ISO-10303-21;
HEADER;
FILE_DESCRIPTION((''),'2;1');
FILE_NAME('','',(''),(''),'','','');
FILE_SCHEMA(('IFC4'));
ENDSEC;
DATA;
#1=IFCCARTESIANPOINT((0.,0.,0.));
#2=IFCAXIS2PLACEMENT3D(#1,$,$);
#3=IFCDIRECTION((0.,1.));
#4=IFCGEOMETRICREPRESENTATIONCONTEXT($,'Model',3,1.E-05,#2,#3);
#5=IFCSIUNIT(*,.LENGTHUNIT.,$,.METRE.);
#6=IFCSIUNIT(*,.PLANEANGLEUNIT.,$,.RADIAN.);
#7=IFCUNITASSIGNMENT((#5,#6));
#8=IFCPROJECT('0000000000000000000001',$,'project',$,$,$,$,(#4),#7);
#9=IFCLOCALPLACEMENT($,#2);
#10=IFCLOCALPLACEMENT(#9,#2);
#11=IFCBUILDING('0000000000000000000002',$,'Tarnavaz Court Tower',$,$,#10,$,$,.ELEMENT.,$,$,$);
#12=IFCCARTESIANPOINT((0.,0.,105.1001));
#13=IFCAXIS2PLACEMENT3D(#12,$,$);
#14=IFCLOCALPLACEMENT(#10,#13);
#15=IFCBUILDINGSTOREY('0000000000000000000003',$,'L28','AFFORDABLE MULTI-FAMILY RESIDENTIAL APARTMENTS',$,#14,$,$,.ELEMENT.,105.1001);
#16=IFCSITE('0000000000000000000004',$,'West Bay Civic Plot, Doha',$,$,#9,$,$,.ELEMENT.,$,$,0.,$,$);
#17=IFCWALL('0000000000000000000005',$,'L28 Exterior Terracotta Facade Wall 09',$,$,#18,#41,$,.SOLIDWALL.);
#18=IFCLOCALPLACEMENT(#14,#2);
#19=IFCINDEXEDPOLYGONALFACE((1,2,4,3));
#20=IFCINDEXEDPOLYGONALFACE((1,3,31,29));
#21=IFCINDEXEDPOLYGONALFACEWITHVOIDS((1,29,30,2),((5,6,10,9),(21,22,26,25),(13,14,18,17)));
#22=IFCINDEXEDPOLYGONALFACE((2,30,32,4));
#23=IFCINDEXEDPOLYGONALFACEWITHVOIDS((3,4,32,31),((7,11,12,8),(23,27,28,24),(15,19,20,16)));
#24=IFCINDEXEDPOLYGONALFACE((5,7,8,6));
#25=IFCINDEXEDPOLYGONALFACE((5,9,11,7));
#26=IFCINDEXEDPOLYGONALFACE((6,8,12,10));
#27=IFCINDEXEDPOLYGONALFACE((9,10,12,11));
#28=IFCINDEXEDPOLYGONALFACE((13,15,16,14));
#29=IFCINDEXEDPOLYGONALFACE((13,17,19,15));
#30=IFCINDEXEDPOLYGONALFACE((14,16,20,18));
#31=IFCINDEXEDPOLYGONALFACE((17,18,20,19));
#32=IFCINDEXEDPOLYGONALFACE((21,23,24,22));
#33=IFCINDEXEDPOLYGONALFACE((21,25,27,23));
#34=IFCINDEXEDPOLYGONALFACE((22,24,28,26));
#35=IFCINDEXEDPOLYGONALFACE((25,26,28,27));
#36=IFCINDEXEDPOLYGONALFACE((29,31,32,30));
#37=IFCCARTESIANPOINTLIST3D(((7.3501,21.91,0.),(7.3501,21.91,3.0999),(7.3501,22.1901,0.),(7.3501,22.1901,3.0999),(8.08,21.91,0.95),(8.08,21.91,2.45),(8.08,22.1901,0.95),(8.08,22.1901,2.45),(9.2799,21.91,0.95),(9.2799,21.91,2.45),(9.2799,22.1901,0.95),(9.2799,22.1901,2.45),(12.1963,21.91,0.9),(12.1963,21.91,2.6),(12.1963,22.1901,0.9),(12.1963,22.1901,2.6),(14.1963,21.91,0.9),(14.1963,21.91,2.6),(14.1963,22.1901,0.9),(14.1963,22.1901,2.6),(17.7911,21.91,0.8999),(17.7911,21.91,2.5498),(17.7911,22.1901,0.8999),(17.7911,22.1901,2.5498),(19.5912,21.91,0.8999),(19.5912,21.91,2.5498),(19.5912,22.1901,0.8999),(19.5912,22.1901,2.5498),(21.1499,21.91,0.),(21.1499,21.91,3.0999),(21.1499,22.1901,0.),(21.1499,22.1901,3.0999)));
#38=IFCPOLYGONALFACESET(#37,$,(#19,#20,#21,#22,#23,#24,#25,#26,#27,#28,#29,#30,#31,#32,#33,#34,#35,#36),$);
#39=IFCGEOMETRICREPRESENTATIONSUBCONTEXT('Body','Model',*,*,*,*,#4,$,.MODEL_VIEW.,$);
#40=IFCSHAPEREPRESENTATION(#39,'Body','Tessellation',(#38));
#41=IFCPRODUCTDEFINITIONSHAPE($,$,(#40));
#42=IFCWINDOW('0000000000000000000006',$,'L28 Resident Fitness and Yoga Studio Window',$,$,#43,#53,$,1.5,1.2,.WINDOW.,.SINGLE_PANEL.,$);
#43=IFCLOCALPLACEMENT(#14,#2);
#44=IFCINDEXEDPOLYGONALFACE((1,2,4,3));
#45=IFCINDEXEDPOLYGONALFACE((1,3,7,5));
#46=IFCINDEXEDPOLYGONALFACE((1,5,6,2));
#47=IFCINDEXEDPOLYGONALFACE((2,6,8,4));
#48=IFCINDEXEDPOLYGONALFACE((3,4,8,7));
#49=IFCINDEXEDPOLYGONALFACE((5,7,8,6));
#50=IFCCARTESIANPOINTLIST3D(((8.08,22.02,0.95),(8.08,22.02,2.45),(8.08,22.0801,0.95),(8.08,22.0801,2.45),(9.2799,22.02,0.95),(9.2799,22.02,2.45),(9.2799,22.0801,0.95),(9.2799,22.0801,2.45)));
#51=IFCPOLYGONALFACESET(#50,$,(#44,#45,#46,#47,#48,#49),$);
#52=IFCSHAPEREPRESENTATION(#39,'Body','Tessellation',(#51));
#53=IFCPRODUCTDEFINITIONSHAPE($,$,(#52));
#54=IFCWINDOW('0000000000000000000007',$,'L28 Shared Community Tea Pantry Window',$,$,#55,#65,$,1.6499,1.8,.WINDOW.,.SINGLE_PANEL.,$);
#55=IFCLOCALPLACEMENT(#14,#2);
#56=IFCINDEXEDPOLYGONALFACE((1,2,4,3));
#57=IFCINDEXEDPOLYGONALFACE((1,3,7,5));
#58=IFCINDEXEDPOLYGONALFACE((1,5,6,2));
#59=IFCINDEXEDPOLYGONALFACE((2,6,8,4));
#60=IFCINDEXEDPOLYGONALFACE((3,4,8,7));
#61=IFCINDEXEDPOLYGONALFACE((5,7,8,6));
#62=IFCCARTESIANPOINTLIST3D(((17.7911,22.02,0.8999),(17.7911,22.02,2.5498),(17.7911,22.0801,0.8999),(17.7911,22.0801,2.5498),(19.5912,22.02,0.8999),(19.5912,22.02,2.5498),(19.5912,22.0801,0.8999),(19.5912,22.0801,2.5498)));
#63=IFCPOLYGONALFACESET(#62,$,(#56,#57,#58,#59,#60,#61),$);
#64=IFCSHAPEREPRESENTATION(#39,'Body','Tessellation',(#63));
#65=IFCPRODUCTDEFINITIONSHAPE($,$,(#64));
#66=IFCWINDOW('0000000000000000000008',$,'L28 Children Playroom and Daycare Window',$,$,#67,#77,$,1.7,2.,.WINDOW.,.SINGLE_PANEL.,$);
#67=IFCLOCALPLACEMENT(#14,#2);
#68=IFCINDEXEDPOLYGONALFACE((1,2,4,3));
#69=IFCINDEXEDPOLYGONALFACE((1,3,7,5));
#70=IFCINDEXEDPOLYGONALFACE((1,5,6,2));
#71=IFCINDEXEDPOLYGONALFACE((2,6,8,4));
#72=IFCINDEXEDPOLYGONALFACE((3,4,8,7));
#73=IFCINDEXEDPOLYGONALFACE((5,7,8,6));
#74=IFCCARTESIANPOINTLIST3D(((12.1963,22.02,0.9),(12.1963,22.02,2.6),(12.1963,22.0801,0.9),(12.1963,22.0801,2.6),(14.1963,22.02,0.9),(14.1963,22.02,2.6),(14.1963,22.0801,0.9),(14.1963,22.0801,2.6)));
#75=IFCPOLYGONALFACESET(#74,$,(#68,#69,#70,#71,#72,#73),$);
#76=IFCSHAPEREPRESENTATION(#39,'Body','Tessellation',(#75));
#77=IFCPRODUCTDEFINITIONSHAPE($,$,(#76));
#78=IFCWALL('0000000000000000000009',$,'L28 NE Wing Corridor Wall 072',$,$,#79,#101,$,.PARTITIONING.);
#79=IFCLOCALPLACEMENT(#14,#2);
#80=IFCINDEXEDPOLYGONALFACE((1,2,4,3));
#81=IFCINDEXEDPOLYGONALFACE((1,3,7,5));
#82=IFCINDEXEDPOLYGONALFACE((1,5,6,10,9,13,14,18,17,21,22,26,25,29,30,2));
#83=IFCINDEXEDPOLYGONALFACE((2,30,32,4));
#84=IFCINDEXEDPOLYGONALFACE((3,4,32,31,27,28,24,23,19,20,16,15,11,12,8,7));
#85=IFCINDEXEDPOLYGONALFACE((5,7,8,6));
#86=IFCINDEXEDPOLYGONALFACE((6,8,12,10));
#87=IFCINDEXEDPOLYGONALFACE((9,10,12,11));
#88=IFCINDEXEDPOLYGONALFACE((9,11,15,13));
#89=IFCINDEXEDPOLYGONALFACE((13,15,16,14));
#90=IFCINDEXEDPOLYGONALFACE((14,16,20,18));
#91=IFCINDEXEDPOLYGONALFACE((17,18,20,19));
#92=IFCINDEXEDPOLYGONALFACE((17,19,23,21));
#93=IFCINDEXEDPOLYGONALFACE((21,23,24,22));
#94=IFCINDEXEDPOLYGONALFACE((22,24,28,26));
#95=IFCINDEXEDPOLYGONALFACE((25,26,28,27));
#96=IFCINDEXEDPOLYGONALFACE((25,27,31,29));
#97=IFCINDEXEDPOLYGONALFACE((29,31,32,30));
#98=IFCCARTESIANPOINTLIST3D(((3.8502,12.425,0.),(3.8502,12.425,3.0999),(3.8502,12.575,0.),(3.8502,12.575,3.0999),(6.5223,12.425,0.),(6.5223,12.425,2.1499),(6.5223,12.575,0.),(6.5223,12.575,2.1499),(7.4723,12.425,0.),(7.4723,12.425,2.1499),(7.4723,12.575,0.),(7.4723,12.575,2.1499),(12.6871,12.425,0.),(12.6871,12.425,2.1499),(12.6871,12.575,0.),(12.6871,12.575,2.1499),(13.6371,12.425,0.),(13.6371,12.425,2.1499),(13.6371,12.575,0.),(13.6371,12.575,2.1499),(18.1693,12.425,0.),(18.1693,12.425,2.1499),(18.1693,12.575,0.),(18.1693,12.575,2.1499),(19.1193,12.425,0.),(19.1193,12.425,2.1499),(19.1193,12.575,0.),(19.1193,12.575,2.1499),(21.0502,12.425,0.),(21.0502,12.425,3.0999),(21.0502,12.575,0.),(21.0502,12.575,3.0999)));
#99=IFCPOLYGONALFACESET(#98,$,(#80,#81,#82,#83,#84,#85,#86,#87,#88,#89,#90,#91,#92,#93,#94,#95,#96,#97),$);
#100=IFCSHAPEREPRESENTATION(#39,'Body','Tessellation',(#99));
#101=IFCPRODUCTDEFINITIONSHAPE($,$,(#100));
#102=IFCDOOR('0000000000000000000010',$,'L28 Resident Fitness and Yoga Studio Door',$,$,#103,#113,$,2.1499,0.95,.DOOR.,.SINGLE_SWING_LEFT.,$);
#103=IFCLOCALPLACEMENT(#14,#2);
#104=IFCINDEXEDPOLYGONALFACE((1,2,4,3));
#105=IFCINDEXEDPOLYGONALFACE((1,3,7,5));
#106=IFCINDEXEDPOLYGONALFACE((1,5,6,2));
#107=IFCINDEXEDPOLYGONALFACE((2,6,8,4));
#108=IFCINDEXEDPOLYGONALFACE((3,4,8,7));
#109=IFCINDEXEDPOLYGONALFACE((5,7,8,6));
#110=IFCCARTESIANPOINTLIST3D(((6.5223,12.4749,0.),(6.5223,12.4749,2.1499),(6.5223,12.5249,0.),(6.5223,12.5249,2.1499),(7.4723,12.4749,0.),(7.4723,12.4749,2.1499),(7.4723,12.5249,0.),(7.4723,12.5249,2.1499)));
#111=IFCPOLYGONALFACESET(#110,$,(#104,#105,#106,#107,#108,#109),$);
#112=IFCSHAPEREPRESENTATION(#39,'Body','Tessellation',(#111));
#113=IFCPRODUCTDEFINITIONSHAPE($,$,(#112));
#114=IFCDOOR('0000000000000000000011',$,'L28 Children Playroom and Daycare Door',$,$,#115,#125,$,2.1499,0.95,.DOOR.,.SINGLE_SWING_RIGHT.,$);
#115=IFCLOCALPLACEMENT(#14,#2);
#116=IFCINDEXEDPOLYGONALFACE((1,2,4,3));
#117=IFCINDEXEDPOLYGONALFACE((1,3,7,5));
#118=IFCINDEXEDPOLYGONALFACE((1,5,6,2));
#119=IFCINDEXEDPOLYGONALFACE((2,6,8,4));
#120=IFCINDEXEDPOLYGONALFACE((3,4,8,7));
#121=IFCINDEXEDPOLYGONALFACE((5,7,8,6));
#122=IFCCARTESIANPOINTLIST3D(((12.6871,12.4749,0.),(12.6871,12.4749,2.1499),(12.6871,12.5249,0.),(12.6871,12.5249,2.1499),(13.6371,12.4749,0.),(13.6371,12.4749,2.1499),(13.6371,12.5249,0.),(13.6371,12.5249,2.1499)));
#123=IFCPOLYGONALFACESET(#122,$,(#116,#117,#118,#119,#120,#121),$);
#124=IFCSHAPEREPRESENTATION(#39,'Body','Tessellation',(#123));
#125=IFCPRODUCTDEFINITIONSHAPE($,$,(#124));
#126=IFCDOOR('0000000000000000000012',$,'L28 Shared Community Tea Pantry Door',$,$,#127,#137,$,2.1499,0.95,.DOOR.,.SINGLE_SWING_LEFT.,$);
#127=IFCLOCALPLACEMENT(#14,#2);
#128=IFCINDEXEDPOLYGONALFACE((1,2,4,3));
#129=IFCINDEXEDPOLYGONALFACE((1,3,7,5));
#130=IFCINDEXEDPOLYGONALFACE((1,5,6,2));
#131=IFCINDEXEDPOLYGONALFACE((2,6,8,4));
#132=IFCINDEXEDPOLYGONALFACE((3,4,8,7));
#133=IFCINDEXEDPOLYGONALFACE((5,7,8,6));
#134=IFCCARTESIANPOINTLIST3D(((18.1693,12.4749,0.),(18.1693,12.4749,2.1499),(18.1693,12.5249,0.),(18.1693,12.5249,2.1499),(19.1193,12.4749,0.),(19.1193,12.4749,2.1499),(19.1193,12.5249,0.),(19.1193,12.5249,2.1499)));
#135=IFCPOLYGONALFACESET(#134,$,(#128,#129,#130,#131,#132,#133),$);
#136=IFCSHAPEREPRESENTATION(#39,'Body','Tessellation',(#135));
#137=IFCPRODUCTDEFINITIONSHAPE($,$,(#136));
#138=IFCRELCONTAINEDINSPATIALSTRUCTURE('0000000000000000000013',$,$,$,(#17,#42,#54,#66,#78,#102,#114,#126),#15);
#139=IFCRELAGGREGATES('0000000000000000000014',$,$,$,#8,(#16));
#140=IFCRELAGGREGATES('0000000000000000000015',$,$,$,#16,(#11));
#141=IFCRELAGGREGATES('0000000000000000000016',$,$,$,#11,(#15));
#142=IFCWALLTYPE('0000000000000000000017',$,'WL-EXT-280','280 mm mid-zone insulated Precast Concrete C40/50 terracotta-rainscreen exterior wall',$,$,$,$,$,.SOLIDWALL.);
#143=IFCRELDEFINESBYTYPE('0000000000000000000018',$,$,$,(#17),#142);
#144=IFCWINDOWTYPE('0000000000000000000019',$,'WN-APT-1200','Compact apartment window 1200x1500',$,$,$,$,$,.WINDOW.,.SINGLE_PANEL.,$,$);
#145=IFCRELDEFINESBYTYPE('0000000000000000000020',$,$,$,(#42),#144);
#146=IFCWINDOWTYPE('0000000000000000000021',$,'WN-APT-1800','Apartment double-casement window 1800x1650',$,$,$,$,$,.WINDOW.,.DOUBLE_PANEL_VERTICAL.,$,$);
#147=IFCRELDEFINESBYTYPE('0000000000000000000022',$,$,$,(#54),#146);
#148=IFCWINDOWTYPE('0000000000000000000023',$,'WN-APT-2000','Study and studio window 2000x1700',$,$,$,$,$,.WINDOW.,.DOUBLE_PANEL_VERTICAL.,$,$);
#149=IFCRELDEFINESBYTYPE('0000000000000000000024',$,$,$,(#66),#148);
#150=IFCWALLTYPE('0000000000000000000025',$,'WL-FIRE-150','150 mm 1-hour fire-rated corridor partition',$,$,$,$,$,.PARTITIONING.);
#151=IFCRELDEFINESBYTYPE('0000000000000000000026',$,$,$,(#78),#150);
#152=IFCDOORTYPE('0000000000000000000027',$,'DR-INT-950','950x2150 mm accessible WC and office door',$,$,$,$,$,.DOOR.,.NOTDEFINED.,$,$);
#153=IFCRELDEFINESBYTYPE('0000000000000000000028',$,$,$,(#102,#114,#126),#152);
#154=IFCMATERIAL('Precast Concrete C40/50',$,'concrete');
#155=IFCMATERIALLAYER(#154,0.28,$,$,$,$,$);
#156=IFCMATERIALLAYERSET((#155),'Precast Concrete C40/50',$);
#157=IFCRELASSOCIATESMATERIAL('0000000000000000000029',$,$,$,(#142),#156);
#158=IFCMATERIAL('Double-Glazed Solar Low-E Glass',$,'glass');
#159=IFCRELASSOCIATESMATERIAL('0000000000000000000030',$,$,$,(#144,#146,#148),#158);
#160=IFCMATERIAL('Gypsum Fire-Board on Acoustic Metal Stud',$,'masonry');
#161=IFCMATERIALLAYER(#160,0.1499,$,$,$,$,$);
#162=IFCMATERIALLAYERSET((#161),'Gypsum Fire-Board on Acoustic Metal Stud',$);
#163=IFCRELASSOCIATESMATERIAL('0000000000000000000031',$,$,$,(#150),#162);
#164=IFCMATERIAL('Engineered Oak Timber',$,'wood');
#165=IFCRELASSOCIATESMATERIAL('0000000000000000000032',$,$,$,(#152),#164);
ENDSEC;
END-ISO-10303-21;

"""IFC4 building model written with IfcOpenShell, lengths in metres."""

from ifc_helpers import new_model, si_unit, direction, frame, frame_2d, origin, place, context, subcontext, project, spatial, rectangle, extrude, material, layer, layer_set, type_object, element, fill, save


model = new_model("IFC4")

# Units and contexts
model_context = context("Model", 3, precision=1e-05, world=origin(), true_north=direction((0.0, 1.0)))
body_context = subcontext(model_context, "Body", "Model", "MODEL_VIEW")
ifc_project = project(units=[si_unit("LENGTHUNIT", "METRE"), si_unit("PLANEANGLEUNIT", "RADIAN")], contexts=[model_context])

# Site, building, storey
site_placement = place(None, origin())
site = spatial("IfcSite", under=ifc_project, at=site_placement, Name="West Bay Civic Plot, Doha", CompositionType="ELEMENT", RefElevation=0.0)
building_placement = place(site_placement, origin())
building = spatial("IfcBuilding", under=site, at=building_placement, Name="Tarnavaz Court Tower", CompositionType="ELEMENT")
storey_placement = place(building_placement, frame((0.0, 0.0, 105.1001)))
storey = spatial("IfcBuildingStorey", under=building, at=storey_placement, Name="L28", Description="AFFORDABLE MULTI-FAMILY RESIDENTIAL APARTMENTS", CompositionType="ELEMENT", Elevation=105.1001)

# Shared definitions
ifc_material_1 = material(Name="Double-Glazed Solar Low-E Glass", Category="glass")

# Shared definitions
ifc_material_2 = material(Name="Precast Concrete C40/50", Category="concrete")
ifc_layer_1 = layer(ifc_material_2, 0.28)
ifc_layer_set_1 = layer_set([ifc_layer_1], Name="Precast Concrete C40/50")
wall_type_1 = type_object("IfcWallType", Name="WL-EXT-280", Description="280 mm mid-zone insulated Precast Concrete C40/50 terracotta-rainscreen exterior wall", PredefinedType="SOLIDWALL", material=ifc_layer_set_1)
window_type_1 = type_object("IfcWindowType", Name="WN-APT-1200", Description="Compact apartment window 1200x1500", PartitioningType="SINGLE_PANEL", PredefinedType="WINDOW", material=ifc_material_1)

# Wall, openings, windows
wall_1_placement = place(storey_placement, frame((7.3501, 22.05, 0.0), z_axis=(0.0, 0.0, 1.0), x_axis=(1.0, 0.0, 0.0)))
wall_1 = element("IfcWall", 1, at=wall_1_placement, inside=storey, type_object=wall_type_1, Name="L28 Exterior Terracotta Facade Wall 09", PredefinedType="SOLIDWALL", context=body_context, shape_type="SweptSolid", body=[
    extrude(rectangle(XDim=13.7998, YDim=0.28, at=frame_2d((6.8999, 0.0))), origin(), (0.0, 0.0, 1.0), 3.0999),
])
opening_1_placement = place(wall_1_placement, frame((0.7297, 0.0, 0.95)))
opening_1 = element("IfcOpeningElement", 2, at=opening_1_placement, cuts=wall_1, PredefinedType="OPENING", context=body_context, shape_type="SweptSolid", body=[
    extrude(rectangle(XDim=1.2, YDim=1.5, at=frame_2d((0.6001, 0.75))), frame((0.0, 0.1499, 0.0), z_axis=(0.0, -1.0, 0.0), x_axis=(1.0, 0.0, 0.0)), (0.0, 0.0, 1.0), 0.3),
])
opening_2_placement = place(wall_1_placement, frame((4.8462, 0.0, 0.8999)))
opening_2 = element("IfcOpeningElement", 3, at=opening_2_placement, cuts=wall_1, PredefinedType="OPENING", context=body_context, shape_type="SweptSolid", body=[
    extrude(rectangle(XDim=2.0, YDim=1.7, at=frame_2d((1.0, 0.8501))), frame((0.0, 0.1499, 0.0), z_axis=(0.0, -1.0, 0.0), x_axis=(1.0, 0.0, 0.0)), (0.0, 0.0, 1.0), 0.3),
])
opening_3_placement = place(wall_1_placement, frame((10.4412, 0.0, 0.8999)))
opening_3 = element("IfcOpeningElement", 4, at=opening_3_placement, cuts=wall_1, PredefinedType="OPENING", context=body_context, shape_type="SweptSolid", body=[
    extrude(rectangle(XDim=1.8, YDim=1.6499, at=frame_2d((0.8999, 0.825))), frame((0.0, 0.1499, 0.0), z_axis=(0.0, -1.0, 0.0), x_axis=(1.0, 0.0, 0.0)), (0.0, 0.0, 1.0), 0.3),
])
window_1_placement = place(opening_1_placement, origin())
window_1 = element("IfcWindow", 5, at=window_1_placement, inside=storey, type_object=window_type_1, Name="L28 Resident Fitness and Yoga Studio Window", OverallHeight=1.5, OverallWidth=1.2, PartitioningType="SINGLE_PANEL", PredefinedType="WINDOW", context=body_context, shape_type="SweptSolid", body=[
    extrude(rectangle(XDim=1.2, YDim=1.5, at=frame_2d((0.6001, 0.75))), frame((0.0, 0.03, 0.0), z_axis=(0.0, -1.0, 0.0), x_axis=(1.0, 0.0, 0.0)), (0.0, 0.0, 1.0), 0.0601),
])
fill(opening_1, window_1)
window_type_2 = type_object("IfcWindowType", Name="WN-APT-1800", Description="Apartment double-casement window 1800x1650", PartitioningType="DOUBLE_PANEL_VERTICAL", PredefinedType="WINDOW", material=ifc_material_1)
window_2_placement = place(opening_3_placement, origin())
window_2 = element("IfcWindow", 6, at=window_2_placement, inside=storey, type_object=window_type_2, Name="L28 Shared Community Tea Pantry Window", OverallHeight=1.6499, OverallWidth=1.8, PartitioningType="SINGLE_PANEL", PredefinedType="WINDOW", context=body_context, shape_type="SweptSolid", body=[
    extrude(rectangle(XDim=1.8, YDim=1.6499, at=frame_2d((0.8999, 0.825))), frame((0.0, 0.03, 0.0), z_axis=(0.0, -1.0, 0.0), x_axis=(1.0, 0.0, 0.0)), (0.0, 0.0, 1.0), 0.0601),
])
fill(opening_3, window_2)
window_type_3 = type_object("IfcWindowType", Name="WN-APT-2000", Description="Study and studio window 2000x1700", PartitioningType="DOUBLE_PANEL_VERTICAL", PredefinedType="WINDOW", material=ifc_material_1)
window_3_placement = place(opening_2_placement, origin())
window_3 = element("IfcWindow", 7, at=window_3_placement, inside=storey, type_object=window_type_3, Name="L28 Children Playroom and Daycare Window", OverallHeight=1.7, OverallWidth=2.0, PartitioningType="SINGLE_PANEL", PredefinedType="WINDOW", context=body_context, shape_type="SweptSolid", body=[
    extrude(rectangle(XDim=2.0, YDim=1.7, at=frame_2d((1.0, 0.8501))), frame((0.0, 0.03, 0.0), z_axis=(0.0, -1.0, 0.0), x_axis=(1.0, 0.0, 0.0)), (0.0, 0.0, 1.0), 0.0601),
])
fill(opening_2, window_3)

# Wall, openings, doors
ifc_material_3 = material(Name="Gypsum Fire-Board on Acoustic Metal Stud", Category="masonry")
ifc_layer_2 = layer(ifc_material_3, 0.1499)
ifc_layer_set_2 = layer_set([ifc_layer_2], Name="Gypsum Fire-Board on Acoustic Metal Stud")
wall_type_2 = type_object("IfcWallType", Name="WL-FIRE-150", Description="150 mm 1-hour fire-rated corridor partition", PredefinedType="PARTITIONING", material=ifc_layer_set_2)
wall_2_placement = place(storey_placement, frame((3.8501, 12.5, 0.0), z_axis=(0.0, 0.0, 1.0), x_axis=(1.0, 0.0, 0.0)))
wall_2 = element("IfcWall", 8, at=wall_2_placement, inside=storey, type_object=wall_type_2, Name="L28 NE Wing Corridor Wall 072", PredefinedType="PARTITIONING", context=body_context, shape_type="SweptSolid", body=[
    extrude(rectangle(XDim=17.2, YDim=0.1499, at=frame_2d((8.6001, 0.0))), origin(), (0.0, 0.0, 1.0), 3.0999),
])
opening_4_placement = place(wall_2_placement, frame((2.6721, 0.0, 0.0)))
opening_4 = element("IfcOpeningElement", 9, at=opening_4_placement, cuts=wall_2, PredefinedType="OPENING", context=body_context, shape_type="SweptSolid", body=[
    extrude(rectangle(XDim=0.95, YDim=2.1499, at=frame_2d((0.4751, 1.075))), frame((0.0, 0.085, 0.0), z_axis=(0.0, -1.0, 0.0), x_axis=(1.0, 0.0, 0.0)), (0.0, 0.0, 1.0), 0.1699),
])
opening_5_placement = place(wall_2_placement, frame((8.8369, 0.0, 0.0)))
opening_5 = element("IfcOpeningElement", 10, at=opening_5_placement, cuts=wall_2, PredefinedType="OPENING", context=body_context, shape_type="SweptSolid", body=[
    extrude(rectangle(XDim=0.95, YDim=2.1499, at=frame_2d((0.4751, 1.075))), frame((0.0, 0.085, 0.0), z_axis=(0.0, -1.0, 0.0), x_axis=(1.0, 0.0, 0.0)), (0.0, 0.0, 1.0), 0.1699),
])
opening_6_placement = place(wall_2_placement, frame((14.3191, 0.0, 0.0)))
opening_6 = element("IfcOpeningElement", 11, at=opening_6_placement, cuts=wall_2, PredefinedType="OPENING", context=body_context, shape_type="SweptSolid", body=[
    extrude(rectangle(XDim=0.95, YDim=2.1499, at=frame_2d((0.4751, 1.075))), frame((0.0, 0.085, 0.0), z_axis=(0.0, -1.0, 0.0), x_axis=(1.0, 0.0, 0.0)), (0.0, 0.0, 1.0), 0.1699),
])
ifc_material_4 = material(Name="Engineered Oak Timber", Category="wood")
door_type = type_object("IfcDoorType", Name="DR-INT-950", Description="950x2150 mm accessible WC and office door", OperationType="NOTDEFINED", PredefinedType="DOOR", material=ifc_material_4)
door_1_placement = place(opening_4_placement, origin())
door_1 = element("IfcDoor", 12, at=door_1_placement, inside=storey, type_object=door_type, Name="L28 Resident Fitness and Yoga Studio Door", OperationType="SINGLE_SWING_LEFT", OverallHeight=2.1499, OverallWidth=0.95, PredefinedType="DOOR", context=body_context, shape_type="SweptSolid", body=[
    extrude(rectangle(XDim=0.95, YDim=2.1499, at=frame_2d((0.4751, 1.075))), frame((0.0, 0.0249, 0.0), z_axis=(0.0, -1.0, 0.0), x_axis=(1.0, 0.0, 0.0)), (0.0, 0.0, 1.0), 0.05),
])
fill(opening_4, door_1)
door_2_placement = place(opening_5_placement, origin())
door_2 = element("IfcDoor", 13, at=door_2_placement, inside=storey, type_object=door_type, Name="L28 Children Playroom and Daycare Door", OperationType="SINGLE_SWING_RIGHT", OverallHeight=2.1499, OverallWidth=0.95, PredefinedType="DOOR", context=body_context, shape_type="SweptSolid", body=[
    extrude(rectangle(XDim=0.95, YDim=2.1499, at=frame_2d((0.4751, 1.075))), frame((0.0, 0.0249, 0.0), z_axis=(0.0, -1.0, 0.0), x_axis=(1.0, 0.0, 0.0)), (0.0, 0.0, 1.0), 0.05),
])
fill(opening_5, door_2)
door_3_placement = place(opening_6_placement, origin())
door_3 = element("IfcDoor", 14, at=door_3_placement, inside=storey, type_object=door_type, Name="L28 Shared Community Tea Pantry Door", OperationType="SINGLE_SWING_LEFT", OverallHeight=2.1499, OverallWidth=0.95, PredefinedType="DOOR", context=body_context, shape_type="SweptSolid", body=[
    extrude(rectangle(XDim=0.95, YDim=2.1499, at=frame_2d((0.4751, 1.075))), frame((0.0, 0.0249, 0.0), z_axis=(0.0, -1.0, 0.0), x_axis=(1.0, 0.0, 0.0)), (0.0, 0.0, 1.0), 0.05),
])
fill(opening_6, door_3)

save(model, "model.ifc")
